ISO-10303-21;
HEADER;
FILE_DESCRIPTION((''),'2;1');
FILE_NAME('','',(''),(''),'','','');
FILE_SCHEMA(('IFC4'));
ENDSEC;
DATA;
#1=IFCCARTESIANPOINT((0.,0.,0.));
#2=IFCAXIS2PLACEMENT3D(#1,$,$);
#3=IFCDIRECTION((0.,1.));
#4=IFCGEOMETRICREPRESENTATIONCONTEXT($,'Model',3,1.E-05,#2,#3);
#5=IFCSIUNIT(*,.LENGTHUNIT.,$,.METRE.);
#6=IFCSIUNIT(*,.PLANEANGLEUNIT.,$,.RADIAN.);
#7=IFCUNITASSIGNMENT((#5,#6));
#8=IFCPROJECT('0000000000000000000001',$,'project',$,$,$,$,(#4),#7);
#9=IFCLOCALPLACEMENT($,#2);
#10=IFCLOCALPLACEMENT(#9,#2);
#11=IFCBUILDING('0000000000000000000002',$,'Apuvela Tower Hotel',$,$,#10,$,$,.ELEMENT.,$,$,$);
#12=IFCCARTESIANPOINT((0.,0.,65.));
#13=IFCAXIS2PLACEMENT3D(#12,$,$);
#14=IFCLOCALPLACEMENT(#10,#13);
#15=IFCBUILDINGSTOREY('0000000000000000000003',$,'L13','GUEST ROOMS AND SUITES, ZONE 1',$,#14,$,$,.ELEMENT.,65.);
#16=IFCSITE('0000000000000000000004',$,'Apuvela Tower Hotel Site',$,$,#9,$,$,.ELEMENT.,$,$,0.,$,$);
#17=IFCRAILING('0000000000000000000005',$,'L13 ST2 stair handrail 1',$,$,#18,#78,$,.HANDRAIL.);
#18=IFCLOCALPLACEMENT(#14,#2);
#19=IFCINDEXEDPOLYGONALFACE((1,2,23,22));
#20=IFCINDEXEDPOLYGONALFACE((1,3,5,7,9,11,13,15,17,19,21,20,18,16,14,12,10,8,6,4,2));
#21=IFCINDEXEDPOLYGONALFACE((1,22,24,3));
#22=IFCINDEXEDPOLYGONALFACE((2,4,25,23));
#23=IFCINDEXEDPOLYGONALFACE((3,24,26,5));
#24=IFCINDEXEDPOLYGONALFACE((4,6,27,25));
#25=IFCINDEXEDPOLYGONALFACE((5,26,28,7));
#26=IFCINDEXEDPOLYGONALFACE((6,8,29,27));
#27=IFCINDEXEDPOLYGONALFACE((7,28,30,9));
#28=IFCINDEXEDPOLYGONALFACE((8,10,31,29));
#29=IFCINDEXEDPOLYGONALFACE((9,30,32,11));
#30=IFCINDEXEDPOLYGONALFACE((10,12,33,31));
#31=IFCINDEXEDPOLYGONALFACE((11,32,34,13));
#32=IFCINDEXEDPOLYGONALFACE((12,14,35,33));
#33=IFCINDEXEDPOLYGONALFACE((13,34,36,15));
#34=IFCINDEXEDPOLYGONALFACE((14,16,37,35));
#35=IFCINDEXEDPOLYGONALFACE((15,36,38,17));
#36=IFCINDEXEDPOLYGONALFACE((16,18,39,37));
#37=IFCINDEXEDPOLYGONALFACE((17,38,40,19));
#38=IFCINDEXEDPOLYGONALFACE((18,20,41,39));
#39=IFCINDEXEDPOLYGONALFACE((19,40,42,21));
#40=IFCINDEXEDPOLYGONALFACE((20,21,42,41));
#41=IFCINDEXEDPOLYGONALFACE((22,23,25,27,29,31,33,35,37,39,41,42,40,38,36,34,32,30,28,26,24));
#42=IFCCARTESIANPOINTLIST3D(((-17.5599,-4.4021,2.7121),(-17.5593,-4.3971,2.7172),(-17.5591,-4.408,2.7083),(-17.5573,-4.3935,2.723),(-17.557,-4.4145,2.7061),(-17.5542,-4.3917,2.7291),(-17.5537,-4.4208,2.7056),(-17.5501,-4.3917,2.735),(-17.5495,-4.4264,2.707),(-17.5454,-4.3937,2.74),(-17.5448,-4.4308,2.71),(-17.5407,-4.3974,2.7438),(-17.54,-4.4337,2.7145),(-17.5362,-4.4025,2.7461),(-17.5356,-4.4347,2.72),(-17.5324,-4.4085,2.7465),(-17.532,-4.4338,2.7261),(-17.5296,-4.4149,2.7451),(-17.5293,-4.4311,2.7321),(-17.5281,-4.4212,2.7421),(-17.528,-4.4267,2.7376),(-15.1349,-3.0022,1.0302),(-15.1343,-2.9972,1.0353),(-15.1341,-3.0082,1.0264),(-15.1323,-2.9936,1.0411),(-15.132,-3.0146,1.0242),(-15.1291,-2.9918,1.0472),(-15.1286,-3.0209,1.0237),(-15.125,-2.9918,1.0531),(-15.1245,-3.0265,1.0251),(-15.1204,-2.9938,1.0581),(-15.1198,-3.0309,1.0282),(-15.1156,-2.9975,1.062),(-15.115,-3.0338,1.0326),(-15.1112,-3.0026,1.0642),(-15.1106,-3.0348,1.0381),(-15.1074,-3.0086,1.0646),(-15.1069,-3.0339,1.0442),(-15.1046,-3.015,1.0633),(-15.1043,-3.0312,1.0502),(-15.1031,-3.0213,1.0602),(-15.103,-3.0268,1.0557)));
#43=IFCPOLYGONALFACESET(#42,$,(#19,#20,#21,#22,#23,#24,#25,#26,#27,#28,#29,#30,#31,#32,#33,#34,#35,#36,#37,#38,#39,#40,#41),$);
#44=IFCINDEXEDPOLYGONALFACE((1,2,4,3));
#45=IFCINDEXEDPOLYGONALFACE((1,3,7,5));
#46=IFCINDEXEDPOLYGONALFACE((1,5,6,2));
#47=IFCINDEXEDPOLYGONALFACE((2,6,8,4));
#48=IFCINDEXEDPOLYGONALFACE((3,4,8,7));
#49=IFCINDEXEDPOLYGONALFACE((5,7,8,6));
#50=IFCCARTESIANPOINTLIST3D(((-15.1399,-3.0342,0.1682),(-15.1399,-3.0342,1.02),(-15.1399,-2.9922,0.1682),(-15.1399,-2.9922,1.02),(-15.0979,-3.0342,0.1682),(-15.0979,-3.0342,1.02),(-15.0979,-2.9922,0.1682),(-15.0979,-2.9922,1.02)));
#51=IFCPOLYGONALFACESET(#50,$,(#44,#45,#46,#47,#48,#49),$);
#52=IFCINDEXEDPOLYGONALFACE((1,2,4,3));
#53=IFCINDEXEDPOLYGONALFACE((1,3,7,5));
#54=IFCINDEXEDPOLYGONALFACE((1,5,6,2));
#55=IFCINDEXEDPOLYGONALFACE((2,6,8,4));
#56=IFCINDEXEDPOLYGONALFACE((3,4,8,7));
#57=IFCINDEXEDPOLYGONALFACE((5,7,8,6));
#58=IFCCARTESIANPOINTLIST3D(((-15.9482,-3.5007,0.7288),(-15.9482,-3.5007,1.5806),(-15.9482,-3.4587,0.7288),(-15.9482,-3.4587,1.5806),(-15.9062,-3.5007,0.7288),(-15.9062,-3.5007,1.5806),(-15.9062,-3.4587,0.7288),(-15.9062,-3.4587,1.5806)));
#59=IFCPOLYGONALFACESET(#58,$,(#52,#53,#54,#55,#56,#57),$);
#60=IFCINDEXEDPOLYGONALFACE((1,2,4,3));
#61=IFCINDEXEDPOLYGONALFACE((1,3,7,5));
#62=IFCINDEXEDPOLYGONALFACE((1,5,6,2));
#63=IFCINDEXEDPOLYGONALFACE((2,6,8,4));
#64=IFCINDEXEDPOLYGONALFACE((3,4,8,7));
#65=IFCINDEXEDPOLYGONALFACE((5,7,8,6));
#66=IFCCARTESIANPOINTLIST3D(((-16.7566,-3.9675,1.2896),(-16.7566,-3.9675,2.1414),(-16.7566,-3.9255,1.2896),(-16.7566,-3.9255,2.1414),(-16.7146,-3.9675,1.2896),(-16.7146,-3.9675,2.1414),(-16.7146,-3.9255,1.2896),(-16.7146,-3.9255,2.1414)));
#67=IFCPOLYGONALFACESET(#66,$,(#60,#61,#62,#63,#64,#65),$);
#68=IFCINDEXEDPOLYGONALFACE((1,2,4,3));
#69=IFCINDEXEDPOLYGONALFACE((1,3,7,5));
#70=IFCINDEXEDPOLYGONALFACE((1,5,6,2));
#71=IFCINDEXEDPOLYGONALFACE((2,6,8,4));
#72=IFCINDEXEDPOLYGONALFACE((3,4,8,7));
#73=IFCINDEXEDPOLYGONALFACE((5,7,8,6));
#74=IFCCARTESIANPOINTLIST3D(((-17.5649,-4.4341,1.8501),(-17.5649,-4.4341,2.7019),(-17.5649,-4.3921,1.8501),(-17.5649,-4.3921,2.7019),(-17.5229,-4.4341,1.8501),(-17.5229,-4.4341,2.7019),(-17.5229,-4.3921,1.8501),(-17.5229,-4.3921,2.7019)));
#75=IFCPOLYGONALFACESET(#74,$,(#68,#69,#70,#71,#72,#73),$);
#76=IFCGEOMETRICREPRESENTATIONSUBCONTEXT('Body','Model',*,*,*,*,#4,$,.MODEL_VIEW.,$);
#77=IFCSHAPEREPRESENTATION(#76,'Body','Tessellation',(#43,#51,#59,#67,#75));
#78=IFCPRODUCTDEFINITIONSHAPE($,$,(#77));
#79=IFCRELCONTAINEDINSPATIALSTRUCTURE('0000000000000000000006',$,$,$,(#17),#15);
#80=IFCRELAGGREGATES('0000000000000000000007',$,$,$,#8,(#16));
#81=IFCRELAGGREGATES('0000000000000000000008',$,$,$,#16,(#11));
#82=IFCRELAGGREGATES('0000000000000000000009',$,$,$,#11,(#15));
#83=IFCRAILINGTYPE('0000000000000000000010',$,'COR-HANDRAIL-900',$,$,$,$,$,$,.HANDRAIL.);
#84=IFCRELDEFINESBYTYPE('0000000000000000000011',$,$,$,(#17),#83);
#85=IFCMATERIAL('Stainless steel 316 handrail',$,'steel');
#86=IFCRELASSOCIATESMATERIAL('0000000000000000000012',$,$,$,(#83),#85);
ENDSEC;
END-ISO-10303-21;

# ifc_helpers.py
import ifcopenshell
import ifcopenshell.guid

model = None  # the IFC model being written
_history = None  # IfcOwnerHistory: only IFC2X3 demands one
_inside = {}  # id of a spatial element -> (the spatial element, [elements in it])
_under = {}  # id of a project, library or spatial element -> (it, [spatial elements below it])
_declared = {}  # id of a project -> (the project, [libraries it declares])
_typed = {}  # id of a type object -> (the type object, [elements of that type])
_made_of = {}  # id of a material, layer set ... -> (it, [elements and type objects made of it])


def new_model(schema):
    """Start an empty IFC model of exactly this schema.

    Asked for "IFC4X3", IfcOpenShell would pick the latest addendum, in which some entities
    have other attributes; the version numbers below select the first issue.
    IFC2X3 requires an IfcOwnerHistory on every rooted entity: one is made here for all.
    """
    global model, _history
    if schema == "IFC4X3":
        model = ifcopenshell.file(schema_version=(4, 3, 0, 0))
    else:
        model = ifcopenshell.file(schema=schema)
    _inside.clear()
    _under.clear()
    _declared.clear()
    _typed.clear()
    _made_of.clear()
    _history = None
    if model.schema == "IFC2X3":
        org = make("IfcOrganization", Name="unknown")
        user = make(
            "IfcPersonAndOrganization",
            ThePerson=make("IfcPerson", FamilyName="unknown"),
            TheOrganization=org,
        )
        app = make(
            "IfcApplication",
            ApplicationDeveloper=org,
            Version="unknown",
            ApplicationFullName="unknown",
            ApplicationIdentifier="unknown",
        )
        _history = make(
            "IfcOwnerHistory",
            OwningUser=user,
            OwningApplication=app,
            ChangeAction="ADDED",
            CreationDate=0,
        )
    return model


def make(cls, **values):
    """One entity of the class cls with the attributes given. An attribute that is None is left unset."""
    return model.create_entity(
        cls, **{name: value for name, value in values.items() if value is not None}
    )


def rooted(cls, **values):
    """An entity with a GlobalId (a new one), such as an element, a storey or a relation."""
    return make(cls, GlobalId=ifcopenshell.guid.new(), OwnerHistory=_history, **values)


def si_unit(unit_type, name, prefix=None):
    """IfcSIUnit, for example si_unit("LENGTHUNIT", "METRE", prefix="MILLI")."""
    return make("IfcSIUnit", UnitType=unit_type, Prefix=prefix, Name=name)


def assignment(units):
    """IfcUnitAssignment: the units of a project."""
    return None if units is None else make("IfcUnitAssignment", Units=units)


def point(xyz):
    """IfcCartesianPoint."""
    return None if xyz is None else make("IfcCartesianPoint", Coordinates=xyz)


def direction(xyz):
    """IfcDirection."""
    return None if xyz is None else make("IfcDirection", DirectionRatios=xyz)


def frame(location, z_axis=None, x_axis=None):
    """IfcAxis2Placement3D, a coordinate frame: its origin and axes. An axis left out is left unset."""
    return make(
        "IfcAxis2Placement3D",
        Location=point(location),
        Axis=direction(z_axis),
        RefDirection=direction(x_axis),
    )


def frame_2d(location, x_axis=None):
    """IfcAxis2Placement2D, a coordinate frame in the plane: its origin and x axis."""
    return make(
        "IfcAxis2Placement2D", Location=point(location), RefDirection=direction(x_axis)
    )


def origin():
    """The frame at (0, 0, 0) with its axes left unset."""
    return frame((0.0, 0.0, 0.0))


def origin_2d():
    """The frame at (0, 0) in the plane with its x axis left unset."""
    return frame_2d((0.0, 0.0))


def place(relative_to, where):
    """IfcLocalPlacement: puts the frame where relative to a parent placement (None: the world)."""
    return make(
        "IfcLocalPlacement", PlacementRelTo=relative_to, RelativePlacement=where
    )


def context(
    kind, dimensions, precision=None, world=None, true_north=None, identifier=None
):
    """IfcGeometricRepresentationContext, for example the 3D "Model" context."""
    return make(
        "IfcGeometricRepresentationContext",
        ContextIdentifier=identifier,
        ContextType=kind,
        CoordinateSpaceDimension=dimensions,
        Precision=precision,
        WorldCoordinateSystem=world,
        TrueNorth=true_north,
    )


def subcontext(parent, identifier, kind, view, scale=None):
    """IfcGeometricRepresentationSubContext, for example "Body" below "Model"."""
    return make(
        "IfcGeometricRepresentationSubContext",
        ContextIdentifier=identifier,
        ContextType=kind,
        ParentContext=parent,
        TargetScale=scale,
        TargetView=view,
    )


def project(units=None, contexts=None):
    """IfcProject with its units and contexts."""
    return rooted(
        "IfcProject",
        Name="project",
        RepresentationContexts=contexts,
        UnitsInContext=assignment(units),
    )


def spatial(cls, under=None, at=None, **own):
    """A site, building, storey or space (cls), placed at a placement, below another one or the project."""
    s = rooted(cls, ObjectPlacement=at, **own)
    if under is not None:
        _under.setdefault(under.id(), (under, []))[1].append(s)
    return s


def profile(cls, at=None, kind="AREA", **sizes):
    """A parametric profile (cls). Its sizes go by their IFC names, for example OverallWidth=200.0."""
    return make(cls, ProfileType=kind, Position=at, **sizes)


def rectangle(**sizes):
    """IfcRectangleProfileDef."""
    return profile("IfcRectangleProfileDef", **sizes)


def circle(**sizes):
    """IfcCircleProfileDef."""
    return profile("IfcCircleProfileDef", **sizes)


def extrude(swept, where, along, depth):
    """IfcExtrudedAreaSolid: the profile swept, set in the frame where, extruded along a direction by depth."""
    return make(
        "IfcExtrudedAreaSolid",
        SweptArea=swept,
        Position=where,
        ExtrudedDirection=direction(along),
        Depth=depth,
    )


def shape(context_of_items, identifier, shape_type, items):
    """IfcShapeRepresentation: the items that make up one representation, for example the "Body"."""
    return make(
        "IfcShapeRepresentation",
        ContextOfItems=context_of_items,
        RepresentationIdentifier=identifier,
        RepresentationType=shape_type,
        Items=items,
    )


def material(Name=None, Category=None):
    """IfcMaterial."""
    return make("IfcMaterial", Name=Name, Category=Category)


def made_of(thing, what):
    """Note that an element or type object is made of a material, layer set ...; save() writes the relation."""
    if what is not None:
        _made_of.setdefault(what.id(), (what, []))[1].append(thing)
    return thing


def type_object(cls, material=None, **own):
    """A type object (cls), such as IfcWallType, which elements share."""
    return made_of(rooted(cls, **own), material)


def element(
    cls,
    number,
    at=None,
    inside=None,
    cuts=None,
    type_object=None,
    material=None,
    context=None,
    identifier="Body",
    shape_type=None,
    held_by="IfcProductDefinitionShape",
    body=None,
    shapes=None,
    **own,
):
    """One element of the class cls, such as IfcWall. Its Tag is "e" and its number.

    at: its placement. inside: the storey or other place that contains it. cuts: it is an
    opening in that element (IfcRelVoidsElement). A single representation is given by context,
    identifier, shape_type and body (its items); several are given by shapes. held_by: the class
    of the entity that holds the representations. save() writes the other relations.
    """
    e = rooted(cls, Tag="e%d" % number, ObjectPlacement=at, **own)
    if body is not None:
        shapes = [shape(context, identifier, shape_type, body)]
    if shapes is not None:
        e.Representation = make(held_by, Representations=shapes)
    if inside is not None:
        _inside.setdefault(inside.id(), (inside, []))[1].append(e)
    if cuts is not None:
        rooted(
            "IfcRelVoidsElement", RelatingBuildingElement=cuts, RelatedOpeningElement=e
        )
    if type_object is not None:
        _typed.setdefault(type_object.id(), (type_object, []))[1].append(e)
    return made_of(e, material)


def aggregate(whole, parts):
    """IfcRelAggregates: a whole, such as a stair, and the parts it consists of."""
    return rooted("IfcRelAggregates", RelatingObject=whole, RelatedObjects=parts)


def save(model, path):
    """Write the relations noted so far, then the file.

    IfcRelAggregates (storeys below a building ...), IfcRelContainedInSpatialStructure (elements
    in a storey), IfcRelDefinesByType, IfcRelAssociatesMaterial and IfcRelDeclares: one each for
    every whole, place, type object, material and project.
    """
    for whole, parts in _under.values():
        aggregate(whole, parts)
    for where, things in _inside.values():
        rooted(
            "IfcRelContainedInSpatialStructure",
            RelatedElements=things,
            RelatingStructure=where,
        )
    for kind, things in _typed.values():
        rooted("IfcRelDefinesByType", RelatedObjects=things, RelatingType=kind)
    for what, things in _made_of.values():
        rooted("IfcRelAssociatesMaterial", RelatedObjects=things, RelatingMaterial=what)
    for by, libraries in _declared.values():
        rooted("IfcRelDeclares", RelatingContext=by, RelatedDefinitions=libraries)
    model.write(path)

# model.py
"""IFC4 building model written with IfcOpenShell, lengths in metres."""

from ifc_helpers import new_model, si_unit, direction, frame, origin, origin_2d, place, context, subcontext, project, spatial, rectangle, circle, extrude, material, type_object, element, save


model = new_model("IFC4")

# Units and contexts
model_context = context("Model", 3, precision=1e-05, world=origin(), true_north=direction((0.0, 1.0)))
body_context = subcontext(model_context, "Body", "Model", "MODEL_VIEW")
ifc_project = project(units=[si_unit("LENGTHUNIT", "METRE"), si_unit("PLANEANGLEUNIT", "RADIAN")], contexts=[model_context])

# Site, building, storey
site_placement = place(None, origin())
site = spatial("IfcSite", under=ifc_project, at=site_placement, Name="Apuvela Tower Hotel Site", CompositionType="ELEMENT", RefElevation=0.0)
building_placement = place(site_placement, origin())
building = spatial("IfcBuilding", under=site, at=building_placement, Name="Apuvela Tower Hotel", CompositionType="ELEMENT")
storey_placement = place(building_placement, frame((0.0, 0.0, 65.0)))
storey = spatial("IfcBuildingStorey", under=building, at=storey_placement, Name="L13", Description="GUEST ROOMS AND SUITES, ZONE 1", CompositionType="ELEMENT", Elevation=65.0)

# Railing
ifc_material_1 = material(Name="Stainless steel 316 handrail", Category="steel")
railing_type_1 = type_object("IfcRailingType", Name="COR-HANDRAIL-900", PredefinedType="HANDRAIL", material=ifc_material_1)
railing_1_placement = place(storey_placement, frame((-15.1189, -3.0132, 0.1682)))
element("IfcRailing", 1, at=railing_1_placement, inside=storey, type_object=railing_type_1, Name="L13 ST2 stair handrail 1", PredefinedType="HANDRAIL", context=body_context, shape_type="SweptSolid", body=[
    extrude(circle(Radius=0.0239, at=origin_2d()), frame((0.0, 0.0, 0.876), z_axis=(-0.742424, -0.428577, 0.514906), x_axis=(0.499946, -0.866056, 0.0)), (0.0, 0.0, 1.0), 3.2664),
    extrude(rectangle(XDim=0.042, YDim=0.042, at=origin_2d()), origin(), (0.0, 0.0, 1.0), 0.8518),
    extrude(rectangle(XDim=0.042, YDim=0.042, at=origin_2d()), frame((-0.8083, -0.4666, 0.5605)), (0.0, 0.0, 1.0), 0.8518),
    extrude(rectangle(XDim=0.042, YDim=0.042, at=origin_2d()), frame((-1.6167, -0.9333, 1.1213)), (0.0, 0.0, 1.0), 0.8518),
    extrude(rectangle(XDim=0.042, YDim=0.042, at=origin_2d()), frame((-2.425, -1.3999, 1.6819)), (0.0, 0.0, 1.0), 0.8518),
])

save(model, "model.ifc")
